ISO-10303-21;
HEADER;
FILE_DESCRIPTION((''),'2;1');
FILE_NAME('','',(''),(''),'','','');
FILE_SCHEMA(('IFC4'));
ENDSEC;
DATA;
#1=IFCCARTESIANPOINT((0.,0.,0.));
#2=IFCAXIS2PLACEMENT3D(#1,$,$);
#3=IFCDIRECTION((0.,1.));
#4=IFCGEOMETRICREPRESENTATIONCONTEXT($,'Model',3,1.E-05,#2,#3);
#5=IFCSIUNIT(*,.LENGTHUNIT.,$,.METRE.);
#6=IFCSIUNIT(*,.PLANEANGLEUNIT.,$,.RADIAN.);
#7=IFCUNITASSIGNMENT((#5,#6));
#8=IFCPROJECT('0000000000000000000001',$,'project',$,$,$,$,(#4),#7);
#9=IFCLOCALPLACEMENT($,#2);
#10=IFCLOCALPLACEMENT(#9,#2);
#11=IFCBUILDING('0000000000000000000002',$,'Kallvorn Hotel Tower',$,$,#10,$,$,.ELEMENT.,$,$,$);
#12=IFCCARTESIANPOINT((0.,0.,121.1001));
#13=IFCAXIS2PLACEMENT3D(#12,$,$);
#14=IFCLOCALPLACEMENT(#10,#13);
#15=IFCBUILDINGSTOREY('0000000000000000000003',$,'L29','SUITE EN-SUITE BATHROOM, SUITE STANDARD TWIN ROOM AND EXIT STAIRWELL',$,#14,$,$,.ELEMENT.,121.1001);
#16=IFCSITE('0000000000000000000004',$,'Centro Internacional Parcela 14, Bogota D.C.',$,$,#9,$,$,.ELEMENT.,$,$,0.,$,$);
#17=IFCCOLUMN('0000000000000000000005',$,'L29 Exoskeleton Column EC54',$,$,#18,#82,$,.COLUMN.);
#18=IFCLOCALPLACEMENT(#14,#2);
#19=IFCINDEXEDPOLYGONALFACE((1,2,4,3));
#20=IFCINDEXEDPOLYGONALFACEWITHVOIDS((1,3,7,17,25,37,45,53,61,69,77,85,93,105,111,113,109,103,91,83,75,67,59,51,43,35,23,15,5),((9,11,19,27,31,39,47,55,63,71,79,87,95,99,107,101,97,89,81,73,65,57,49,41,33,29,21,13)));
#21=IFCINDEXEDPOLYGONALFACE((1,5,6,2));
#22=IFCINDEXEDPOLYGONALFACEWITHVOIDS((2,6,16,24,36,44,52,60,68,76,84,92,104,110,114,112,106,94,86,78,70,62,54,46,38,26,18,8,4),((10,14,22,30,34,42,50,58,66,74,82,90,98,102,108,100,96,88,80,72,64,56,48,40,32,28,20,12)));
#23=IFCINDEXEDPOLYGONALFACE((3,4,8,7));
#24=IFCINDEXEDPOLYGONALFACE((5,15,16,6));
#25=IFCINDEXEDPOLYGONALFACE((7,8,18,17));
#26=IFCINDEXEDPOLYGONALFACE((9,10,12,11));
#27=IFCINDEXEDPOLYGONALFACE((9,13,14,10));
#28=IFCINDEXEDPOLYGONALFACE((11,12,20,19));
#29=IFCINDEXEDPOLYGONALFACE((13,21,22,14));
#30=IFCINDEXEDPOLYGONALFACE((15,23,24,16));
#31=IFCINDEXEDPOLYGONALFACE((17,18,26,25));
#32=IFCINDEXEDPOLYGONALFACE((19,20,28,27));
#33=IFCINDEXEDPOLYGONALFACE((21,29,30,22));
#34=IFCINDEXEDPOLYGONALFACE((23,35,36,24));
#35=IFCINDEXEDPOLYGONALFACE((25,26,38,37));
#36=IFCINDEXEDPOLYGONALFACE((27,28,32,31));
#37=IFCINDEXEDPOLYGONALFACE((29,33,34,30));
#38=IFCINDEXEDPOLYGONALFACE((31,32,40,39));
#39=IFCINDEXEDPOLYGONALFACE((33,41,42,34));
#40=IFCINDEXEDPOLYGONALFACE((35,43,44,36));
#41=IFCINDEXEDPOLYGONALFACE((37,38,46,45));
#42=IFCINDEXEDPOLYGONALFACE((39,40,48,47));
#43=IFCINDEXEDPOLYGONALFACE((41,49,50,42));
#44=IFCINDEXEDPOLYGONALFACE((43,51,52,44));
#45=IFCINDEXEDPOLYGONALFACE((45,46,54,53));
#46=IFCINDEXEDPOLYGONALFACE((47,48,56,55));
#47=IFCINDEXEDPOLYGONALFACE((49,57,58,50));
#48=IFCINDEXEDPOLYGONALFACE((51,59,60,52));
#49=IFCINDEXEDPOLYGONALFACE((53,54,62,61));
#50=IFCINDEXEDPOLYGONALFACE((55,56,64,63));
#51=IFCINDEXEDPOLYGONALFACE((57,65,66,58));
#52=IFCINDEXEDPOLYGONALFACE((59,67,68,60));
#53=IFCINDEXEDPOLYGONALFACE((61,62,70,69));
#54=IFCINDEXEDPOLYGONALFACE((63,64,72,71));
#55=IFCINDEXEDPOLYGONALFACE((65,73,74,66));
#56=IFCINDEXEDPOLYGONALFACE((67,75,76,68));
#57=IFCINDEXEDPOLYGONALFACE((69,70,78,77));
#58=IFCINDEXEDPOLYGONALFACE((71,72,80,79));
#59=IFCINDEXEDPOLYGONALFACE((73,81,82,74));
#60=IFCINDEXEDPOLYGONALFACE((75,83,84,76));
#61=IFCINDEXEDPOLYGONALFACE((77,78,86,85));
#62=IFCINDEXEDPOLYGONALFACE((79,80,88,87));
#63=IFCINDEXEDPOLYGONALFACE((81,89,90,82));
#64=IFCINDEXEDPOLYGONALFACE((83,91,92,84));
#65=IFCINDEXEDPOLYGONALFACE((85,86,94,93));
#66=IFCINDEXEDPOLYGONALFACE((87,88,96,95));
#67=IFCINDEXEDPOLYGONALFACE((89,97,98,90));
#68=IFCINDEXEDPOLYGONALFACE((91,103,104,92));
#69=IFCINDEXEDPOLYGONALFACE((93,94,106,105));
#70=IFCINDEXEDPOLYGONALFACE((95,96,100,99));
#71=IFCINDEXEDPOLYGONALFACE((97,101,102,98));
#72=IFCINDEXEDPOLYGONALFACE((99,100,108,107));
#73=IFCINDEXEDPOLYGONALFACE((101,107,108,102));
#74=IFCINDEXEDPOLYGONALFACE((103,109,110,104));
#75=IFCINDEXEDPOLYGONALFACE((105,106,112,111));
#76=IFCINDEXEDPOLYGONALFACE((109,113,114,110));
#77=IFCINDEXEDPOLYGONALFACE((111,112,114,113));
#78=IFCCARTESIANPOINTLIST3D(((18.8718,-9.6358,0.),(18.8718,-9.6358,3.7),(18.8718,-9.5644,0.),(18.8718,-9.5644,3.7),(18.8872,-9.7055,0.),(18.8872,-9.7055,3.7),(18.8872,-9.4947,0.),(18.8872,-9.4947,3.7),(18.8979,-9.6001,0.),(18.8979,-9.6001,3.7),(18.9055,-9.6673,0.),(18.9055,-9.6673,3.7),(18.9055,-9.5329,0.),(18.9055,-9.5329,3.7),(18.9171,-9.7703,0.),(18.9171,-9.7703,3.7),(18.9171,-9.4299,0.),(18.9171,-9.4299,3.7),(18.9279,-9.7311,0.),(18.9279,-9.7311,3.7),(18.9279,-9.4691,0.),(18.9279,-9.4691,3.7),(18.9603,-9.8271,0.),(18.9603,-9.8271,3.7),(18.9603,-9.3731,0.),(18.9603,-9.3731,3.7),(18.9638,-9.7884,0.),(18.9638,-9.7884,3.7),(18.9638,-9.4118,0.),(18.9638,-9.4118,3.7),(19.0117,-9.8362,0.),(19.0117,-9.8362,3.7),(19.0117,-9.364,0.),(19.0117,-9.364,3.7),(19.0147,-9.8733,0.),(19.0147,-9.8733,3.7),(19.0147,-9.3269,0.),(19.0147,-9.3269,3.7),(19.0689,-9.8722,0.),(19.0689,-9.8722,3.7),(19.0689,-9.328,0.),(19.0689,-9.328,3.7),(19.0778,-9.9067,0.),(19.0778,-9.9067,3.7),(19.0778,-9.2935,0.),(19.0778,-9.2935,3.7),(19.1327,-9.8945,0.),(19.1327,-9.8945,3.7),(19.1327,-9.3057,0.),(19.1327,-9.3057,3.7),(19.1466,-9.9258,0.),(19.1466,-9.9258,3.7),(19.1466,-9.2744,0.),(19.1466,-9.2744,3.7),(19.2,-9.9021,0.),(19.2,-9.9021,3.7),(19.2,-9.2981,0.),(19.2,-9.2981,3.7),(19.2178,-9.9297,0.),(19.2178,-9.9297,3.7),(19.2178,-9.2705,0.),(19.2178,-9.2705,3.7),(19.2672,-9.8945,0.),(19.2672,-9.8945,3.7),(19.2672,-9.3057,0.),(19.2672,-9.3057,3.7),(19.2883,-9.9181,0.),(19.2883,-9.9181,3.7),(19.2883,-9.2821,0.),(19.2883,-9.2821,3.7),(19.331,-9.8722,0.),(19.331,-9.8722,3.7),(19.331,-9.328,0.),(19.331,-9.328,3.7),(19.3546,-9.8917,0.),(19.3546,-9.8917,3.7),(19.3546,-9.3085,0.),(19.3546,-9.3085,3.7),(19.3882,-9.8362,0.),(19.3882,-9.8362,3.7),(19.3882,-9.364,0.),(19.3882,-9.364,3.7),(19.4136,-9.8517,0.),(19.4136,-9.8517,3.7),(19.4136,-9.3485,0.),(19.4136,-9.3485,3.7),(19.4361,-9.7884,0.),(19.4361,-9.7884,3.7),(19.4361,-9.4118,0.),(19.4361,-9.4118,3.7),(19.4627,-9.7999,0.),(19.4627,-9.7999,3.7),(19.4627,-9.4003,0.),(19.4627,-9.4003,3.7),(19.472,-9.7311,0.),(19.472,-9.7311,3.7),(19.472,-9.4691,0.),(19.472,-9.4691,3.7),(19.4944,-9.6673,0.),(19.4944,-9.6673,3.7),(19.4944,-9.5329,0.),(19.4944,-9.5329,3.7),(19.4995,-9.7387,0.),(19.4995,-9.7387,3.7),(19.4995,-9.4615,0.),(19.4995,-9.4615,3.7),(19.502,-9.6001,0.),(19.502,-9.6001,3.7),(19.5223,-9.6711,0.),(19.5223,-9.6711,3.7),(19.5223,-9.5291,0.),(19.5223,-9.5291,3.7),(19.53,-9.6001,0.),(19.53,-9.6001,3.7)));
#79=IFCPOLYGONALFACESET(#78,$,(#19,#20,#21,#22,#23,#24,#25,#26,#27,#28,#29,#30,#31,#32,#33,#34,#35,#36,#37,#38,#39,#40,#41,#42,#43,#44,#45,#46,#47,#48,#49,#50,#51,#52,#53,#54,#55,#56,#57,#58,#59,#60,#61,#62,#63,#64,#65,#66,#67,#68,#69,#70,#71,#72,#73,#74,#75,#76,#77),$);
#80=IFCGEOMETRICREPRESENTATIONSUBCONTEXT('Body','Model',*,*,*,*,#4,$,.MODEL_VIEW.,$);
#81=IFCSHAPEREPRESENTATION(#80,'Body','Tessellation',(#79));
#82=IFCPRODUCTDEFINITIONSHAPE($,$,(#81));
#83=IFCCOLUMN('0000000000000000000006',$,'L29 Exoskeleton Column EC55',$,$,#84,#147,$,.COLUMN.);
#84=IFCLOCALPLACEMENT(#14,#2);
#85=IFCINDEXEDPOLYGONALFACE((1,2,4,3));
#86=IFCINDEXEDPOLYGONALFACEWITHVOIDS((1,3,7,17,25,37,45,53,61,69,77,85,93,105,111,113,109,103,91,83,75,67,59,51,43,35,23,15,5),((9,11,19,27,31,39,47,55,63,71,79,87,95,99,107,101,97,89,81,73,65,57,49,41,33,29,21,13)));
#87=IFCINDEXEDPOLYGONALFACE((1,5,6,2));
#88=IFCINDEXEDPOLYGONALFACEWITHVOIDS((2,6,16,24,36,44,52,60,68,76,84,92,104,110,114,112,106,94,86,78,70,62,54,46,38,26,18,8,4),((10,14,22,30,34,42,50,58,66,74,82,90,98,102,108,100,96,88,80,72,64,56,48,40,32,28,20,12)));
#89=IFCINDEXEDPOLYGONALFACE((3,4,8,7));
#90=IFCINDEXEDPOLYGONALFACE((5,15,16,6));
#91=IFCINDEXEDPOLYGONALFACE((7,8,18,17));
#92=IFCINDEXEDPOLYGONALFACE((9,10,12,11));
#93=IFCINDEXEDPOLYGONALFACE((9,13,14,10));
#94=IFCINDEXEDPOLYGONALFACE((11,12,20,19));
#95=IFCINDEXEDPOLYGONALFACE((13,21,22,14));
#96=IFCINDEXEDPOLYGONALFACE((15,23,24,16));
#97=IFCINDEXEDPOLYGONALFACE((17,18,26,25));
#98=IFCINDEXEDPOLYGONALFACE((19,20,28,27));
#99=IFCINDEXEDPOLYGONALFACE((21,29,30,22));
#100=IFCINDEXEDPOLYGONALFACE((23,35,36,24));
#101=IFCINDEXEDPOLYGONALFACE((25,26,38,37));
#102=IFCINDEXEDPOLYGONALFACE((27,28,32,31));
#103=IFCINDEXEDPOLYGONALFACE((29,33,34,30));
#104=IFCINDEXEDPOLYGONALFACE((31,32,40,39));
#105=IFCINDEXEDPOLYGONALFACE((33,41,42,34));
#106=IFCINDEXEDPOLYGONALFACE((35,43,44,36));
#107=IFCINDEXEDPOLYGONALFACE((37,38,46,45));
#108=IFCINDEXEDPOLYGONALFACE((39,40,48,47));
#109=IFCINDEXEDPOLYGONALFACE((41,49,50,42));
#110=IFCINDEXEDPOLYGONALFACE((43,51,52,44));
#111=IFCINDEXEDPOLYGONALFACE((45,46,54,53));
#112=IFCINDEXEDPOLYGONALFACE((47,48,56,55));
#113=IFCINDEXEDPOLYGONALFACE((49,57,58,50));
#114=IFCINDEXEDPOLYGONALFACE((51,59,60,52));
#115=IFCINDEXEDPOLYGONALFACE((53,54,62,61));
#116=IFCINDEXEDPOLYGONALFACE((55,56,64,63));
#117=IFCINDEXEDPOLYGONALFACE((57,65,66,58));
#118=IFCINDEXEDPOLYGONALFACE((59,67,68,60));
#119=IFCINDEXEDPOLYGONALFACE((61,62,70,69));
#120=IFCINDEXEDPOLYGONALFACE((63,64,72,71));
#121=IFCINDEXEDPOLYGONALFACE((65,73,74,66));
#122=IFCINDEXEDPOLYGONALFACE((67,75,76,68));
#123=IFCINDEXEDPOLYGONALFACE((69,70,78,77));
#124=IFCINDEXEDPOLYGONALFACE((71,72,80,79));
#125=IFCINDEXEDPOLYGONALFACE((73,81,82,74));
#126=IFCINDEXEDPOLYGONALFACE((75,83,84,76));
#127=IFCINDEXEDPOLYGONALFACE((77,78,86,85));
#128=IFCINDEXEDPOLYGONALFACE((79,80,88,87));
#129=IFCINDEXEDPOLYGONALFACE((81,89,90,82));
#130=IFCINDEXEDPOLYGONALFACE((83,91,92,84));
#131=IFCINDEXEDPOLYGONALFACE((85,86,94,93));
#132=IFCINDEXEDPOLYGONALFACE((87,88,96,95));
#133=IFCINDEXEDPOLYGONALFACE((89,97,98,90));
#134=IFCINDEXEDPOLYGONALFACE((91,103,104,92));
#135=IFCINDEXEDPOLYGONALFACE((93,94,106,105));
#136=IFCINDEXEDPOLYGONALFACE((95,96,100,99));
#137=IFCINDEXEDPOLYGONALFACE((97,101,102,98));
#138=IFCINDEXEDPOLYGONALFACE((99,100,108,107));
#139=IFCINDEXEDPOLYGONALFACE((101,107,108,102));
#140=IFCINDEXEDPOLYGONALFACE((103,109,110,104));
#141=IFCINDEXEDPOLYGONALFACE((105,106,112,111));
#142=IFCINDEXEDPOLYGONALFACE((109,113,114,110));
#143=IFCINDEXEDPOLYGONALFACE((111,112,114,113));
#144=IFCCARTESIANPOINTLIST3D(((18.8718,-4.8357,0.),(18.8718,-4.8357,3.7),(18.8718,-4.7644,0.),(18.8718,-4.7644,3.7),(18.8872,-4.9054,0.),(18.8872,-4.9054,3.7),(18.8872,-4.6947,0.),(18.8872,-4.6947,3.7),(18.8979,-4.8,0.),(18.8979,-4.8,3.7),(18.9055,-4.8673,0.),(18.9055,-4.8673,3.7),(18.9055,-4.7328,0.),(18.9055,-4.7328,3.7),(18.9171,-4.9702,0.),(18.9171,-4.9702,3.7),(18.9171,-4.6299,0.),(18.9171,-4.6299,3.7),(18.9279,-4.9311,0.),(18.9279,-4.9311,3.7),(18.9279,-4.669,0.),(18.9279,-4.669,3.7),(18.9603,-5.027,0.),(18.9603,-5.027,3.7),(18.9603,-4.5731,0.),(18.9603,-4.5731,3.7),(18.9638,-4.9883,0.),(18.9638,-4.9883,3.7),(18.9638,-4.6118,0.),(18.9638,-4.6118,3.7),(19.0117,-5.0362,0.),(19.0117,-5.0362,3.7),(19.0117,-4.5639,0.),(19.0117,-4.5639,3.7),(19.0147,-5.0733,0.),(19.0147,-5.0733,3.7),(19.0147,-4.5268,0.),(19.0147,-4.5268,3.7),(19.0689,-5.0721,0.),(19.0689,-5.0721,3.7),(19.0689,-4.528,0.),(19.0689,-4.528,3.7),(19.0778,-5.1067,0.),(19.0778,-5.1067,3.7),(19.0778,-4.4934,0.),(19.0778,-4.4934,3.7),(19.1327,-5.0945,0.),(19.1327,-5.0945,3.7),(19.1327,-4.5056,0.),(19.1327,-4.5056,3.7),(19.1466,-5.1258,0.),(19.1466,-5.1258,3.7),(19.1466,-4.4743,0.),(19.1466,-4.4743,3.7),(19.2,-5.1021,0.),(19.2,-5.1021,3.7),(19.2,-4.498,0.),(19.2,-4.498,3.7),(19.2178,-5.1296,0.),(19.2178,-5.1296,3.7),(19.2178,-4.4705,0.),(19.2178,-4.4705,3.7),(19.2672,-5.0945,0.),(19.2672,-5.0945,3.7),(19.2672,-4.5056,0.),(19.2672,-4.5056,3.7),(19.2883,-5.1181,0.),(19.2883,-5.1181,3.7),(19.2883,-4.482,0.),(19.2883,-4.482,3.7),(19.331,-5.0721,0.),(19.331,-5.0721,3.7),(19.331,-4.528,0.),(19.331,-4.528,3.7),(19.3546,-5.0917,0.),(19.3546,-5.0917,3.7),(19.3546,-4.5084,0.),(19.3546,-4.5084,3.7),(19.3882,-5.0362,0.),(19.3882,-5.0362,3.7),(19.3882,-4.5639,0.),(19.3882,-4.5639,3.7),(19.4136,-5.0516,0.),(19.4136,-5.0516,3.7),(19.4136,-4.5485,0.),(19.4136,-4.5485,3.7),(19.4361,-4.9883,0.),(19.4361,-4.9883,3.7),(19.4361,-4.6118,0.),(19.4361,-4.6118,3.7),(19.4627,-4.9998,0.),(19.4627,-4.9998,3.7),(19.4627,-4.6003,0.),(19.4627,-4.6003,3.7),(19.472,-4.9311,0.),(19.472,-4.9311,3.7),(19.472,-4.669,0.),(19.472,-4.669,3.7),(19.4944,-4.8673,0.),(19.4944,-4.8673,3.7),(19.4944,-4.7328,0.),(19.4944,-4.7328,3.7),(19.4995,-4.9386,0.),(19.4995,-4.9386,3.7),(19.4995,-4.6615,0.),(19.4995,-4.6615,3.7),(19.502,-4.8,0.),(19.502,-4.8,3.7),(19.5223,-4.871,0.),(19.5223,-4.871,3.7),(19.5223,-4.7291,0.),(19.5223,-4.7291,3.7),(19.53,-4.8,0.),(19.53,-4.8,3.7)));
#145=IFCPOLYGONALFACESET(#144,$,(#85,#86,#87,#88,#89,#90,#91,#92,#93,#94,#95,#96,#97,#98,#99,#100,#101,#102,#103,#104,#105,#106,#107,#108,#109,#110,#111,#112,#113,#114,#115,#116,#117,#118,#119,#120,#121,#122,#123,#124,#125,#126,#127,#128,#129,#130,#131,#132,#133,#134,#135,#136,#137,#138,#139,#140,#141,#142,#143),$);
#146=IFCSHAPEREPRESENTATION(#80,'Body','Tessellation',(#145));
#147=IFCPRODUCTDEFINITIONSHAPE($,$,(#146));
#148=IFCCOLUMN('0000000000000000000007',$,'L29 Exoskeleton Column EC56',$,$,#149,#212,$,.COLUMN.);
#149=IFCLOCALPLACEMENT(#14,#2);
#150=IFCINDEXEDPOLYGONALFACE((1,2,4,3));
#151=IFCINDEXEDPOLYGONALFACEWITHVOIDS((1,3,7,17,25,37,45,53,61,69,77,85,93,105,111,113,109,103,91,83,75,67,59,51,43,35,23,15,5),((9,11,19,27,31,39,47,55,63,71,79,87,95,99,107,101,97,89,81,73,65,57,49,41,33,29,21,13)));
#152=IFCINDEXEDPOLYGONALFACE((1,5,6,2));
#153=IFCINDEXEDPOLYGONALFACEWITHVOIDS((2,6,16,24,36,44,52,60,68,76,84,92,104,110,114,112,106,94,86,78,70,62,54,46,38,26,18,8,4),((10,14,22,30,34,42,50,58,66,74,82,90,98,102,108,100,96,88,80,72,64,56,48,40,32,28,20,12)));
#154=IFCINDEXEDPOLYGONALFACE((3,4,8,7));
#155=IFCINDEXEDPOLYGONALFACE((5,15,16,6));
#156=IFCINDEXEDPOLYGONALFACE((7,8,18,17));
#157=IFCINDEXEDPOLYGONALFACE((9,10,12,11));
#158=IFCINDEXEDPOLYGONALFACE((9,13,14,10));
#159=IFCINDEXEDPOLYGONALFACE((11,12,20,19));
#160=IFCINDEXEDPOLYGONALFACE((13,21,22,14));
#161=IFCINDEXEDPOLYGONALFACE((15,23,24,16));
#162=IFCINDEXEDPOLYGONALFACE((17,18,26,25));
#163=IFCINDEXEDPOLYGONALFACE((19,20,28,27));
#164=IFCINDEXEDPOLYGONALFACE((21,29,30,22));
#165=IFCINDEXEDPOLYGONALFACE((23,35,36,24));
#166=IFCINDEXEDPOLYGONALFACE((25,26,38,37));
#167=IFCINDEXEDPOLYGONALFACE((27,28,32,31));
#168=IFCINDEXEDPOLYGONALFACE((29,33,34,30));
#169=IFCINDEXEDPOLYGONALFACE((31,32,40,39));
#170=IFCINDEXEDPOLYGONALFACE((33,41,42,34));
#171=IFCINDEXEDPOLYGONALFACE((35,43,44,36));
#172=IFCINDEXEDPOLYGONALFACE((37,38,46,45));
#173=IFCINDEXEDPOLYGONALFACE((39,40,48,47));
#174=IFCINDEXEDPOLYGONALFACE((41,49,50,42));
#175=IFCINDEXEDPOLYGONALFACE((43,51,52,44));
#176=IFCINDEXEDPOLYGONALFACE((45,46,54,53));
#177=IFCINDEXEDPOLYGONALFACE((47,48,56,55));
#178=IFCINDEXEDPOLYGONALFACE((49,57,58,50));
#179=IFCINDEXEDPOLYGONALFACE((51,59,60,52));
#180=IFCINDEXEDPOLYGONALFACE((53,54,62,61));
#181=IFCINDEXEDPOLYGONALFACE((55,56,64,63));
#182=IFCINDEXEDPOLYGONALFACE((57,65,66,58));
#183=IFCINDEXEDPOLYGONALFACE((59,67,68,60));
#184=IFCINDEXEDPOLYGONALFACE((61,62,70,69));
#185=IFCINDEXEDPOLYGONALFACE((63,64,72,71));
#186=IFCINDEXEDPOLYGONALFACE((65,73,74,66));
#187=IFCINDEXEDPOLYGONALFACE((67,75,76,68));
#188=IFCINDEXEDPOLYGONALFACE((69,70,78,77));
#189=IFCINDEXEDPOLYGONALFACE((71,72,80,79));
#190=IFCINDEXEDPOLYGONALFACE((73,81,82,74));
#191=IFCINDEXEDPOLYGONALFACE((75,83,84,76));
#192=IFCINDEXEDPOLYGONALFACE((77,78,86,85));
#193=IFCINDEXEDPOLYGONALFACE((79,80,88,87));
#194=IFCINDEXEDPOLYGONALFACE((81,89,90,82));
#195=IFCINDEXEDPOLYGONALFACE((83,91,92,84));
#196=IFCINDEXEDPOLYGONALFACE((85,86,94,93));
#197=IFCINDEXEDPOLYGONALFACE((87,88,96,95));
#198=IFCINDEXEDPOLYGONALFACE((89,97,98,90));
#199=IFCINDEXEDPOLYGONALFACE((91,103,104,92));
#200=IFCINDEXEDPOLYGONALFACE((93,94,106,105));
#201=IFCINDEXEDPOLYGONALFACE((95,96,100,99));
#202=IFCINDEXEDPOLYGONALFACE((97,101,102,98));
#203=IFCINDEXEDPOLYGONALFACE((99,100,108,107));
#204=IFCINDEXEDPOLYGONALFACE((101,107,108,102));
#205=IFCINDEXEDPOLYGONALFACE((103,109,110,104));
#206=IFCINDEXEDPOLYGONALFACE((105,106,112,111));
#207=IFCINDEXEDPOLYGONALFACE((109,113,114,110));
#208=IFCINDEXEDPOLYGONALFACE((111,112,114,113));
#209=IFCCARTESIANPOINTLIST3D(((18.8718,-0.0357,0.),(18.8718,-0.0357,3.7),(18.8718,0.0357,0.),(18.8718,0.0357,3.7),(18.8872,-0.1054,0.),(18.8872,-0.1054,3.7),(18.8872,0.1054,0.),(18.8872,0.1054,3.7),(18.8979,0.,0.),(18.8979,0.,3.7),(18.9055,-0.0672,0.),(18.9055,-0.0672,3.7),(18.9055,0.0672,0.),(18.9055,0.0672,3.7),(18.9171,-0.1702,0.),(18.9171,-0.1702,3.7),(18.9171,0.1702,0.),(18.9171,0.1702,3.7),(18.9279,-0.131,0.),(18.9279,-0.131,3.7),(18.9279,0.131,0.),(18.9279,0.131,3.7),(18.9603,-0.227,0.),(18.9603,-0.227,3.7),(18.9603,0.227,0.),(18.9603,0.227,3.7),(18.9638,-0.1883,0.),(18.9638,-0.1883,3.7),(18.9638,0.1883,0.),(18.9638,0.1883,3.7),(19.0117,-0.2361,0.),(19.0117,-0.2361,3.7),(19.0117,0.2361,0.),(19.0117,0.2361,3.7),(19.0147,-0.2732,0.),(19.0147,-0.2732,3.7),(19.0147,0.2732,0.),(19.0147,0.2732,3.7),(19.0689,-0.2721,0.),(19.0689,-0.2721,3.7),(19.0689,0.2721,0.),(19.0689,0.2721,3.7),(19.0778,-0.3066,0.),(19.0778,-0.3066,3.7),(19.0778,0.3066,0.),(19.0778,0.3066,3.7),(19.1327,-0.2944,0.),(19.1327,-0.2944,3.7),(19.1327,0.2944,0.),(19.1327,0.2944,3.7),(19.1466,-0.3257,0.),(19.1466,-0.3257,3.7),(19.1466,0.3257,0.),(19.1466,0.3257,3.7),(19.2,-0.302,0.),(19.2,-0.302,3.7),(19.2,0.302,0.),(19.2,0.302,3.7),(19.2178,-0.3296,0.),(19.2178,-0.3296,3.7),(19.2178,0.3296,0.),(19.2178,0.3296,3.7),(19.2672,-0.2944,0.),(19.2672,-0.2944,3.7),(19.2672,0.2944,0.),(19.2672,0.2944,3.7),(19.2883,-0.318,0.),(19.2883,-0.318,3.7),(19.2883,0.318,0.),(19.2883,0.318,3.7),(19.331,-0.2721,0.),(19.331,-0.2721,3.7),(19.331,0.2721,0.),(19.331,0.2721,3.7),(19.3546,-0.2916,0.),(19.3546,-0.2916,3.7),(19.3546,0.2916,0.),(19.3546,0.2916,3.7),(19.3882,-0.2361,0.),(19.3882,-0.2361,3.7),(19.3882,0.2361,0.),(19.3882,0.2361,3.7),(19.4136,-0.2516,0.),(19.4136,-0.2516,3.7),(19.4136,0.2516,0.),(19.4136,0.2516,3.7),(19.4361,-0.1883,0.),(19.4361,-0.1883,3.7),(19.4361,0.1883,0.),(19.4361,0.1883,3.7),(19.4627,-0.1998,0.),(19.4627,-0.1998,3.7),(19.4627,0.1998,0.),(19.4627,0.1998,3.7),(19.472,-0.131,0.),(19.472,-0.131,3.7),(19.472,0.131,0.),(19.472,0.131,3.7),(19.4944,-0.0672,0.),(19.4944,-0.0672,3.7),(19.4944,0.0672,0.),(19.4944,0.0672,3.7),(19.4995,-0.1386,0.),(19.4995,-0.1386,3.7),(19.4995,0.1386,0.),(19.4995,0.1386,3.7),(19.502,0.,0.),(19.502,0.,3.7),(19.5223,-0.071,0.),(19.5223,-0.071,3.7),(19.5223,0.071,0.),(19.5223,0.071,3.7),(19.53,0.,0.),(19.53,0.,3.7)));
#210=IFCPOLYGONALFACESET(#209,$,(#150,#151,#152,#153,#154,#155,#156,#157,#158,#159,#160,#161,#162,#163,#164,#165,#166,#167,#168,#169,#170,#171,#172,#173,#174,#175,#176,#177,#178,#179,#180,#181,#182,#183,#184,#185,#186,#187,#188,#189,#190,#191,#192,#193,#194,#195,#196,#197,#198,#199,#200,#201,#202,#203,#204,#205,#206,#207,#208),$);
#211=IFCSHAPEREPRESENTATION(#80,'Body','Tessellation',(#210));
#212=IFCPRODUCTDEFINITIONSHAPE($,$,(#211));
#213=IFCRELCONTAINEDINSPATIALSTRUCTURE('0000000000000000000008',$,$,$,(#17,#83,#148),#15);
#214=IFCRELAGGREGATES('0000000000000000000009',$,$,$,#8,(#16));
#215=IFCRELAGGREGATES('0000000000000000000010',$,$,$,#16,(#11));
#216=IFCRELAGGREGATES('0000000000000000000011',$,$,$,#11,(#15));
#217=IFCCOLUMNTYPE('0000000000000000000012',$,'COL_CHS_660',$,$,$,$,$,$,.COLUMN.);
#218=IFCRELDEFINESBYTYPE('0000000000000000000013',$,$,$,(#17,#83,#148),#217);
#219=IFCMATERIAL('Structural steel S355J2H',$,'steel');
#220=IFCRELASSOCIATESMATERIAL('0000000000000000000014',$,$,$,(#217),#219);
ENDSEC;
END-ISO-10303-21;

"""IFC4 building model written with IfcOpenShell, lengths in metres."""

from ifc_helpers import new_model, si_unit, direction, frame, origin, origin_2d, place, context, subcontext, project, spatial, hollow_circle, extrude, material, material_profile, profile_set, type_object, element, save


model = new_model("IFC4")

# Units and contexts
model_context = context("Model", 3, precision=1e-05, world=origin(), true_north=direction((0.0, 1.0)))
body_context = subcontext(model_context, "Body", "Model", "MODEL_VIEW")
ifc_project = project(units=[si_unit("LENGTHUNIT", "METRE"), si_unit("PLANEANGLEUNIT", "RADIAN")], contexts=[model_context])

# Site, building, storey
site_placement = place(None, origin())
site = spatial("IfcSite", under=ifc_project, at=site_placement, Name="Centro Internacional Parcela 14, Bogota D.C.", CompositionType="ELEMENT", RefElevation=0.0)
building_placement = place(site_placement, origin())
building = spatial("IfcBuilding", under=site, at=building_placement, Name="Kallvorn Hotel Tower", CompositionType="ELEMENT")
storey_placement = place(building_placement, frame((0.0, 0.0, 121.1001)))
storey = spatial("IfcBuildingStorey", under=building, at=storey_placement, Name="L29", Description="SUITE EN-SUITE BATHROOM, SUITE STANDARD TWIN ROOM AND EXIT STAIRWELL", CompositionType="ELEMENT", Elevation=121.1001)

# Columns
ifc_material_1 = material(Name="Structural steel S355J2H", Category="steel")
ifc_material_profile_1 = material_profile(ifc_material_1, hollow_circle(Radius=0.3301, WallThickness=0.0281, at=origin_2d()), Name="CHS 660x28")
ifc_profile_set_1 = profile_set([ifc_material_profile_1], Name="Structural steel S355J2H")
column_type_1 = type_object("IfcColumnType", Name="COL_CHS_660", PredefinedType="COLUMN", material=ifc_profile_set_1)
for number, where, z_axis, x_axis, name in (
    (1, (19.2, -9.6001, 0.0), (0.0, 0.0, 1.0), (1.0, 0.0, 0.0), "L29 Exoskeleton Column EC54"),
    (2, (19.2, -4.8, 0.0), (0.0, 0.0, 1.0), (1.0, 0.0, 0.0), "L29 Exoskeleton Column EC55"),
    (3, (19.2, 0.0, 0.0), (0.0, 0.0, 1.0), (1.0, 0.0, 0.0), "L29 Exoskeleton Column EC56"),
):
    element("IfcColumn", number, at=place(storey_placement, frame(where, z_axis=z_axis, x_axis=x_axis)), inside=storey, type_object=column_type_1, Name=name, PredefinedType="COLUMN", context=body_context, shape_type="SweptSolid", body=[
        extrude(hollow_circle(Radius=0.3301, WallThickness=0.0281, at=origin_2d()), origin(), (0.0, 0.0, 1.0), 3.7),
    ])

save(model, "model.ifc")
